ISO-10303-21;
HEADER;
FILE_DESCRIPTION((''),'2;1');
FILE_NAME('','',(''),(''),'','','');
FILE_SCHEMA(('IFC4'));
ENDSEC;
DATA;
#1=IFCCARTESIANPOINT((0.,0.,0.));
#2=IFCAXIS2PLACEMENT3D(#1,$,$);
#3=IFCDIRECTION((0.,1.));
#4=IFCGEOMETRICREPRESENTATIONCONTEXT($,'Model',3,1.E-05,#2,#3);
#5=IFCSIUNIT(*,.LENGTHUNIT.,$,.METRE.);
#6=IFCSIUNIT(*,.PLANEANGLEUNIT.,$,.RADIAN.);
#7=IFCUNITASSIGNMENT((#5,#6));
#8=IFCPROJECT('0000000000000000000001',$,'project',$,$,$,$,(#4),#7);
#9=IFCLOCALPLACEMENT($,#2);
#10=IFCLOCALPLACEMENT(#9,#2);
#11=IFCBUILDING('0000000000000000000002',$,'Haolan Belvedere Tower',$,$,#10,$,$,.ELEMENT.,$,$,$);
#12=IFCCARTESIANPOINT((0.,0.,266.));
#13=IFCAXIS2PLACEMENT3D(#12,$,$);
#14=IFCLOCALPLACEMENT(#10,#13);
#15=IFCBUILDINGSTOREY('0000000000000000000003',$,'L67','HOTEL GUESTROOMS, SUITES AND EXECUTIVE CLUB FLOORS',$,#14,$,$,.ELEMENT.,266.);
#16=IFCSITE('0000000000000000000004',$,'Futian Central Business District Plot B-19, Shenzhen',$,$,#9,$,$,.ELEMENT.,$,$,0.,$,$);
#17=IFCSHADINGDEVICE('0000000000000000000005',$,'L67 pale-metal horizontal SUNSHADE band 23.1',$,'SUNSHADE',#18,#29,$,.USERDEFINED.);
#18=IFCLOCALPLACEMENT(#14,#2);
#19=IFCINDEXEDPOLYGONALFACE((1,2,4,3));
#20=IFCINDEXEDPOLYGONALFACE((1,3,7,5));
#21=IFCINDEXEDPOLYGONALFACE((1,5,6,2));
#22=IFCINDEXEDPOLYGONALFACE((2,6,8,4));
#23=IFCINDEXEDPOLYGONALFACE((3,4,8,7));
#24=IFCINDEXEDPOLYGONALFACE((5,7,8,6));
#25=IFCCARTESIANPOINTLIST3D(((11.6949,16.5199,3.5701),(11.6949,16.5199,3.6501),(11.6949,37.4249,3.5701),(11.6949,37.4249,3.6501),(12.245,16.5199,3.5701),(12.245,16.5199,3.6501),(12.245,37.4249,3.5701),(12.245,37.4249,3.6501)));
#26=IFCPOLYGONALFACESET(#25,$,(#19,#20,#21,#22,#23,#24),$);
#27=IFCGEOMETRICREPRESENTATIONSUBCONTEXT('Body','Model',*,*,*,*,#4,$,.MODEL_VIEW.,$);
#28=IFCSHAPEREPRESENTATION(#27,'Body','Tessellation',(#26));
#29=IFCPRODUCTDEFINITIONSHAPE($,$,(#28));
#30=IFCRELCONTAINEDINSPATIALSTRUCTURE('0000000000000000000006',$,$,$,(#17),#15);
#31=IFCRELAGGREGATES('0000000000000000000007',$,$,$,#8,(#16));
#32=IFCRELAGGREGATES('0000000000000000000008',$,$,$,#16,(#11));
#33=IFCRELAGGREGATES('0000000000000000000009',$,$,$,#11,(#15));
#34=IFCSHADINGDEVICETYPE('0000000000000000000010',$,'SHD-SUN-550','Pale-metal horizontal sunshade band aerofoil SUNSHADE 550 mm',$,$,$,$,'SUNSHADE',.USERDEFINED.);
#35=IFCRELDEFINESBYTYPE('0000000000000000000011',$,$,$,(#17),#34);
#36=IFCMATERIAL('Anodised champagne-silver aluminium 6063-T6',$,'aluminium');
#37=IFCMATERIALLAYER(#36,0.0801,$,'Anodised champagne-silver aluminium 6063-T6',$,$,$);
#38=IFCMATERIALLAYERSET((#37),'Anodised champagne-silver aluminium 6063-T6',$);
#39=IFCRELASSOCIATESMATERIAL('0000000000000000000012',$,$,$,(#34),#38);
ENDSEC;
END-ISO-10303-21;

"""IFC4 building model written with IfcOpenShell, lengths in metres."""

from ifc_helpers import new_model, si_unit, direction, frame, origin, origin_2d, place, context, subcontext, project, spatial, rectangle, extrude, material, layer, layer_set, type_object, element, save


model = new_model("IFC4")

# Units and contexts
model_context = context("Model", 3, precision=1e-05, world=origin(), true_north=direction((0.0, 1.0)))
body_context = subcontext(model_context, "Body", "Model", "MODEL_VIEW")
ifc_project = project(units=[si_unit("LENGTHUNIT", "METRE"), si_unit("PLANEANGLEUNIT", "RADIAN")], contexts=[model_context])

# Site, building, storey
site_placement = place(None, origin())
site = spatial("IfcSite", under=ifc_project, at=site_placement, Name="Futian Central Business District Plot B-19, Shenzhen", CompositionType="ELEMENT", RefElevation=0.0)
building_placement = place(site_placement, origin())
building = spatial("IfcBuilding", under=site, at=building_placement, Name="Haolan Belvedere Tower", CompositionType="ELEMENT")
storey_placement = place(building_placement, frame((0.0, 0.0, 266.0)))
storey = spatial("IfcBuildingStorey", under=building, at=storey_placement, Name="L67", Description="HOTEL GUESTROOMS, SUITES AND EXECUTIVE CLUB FLOORS", CompositionType="ELEMENT", Elevation=266.0)

# Shading device
ifc_material_1 = material(Name="Anodised champagne-silver aluminium 6063-T6", Category="aluminium")
ifc_layer_1 = layer(ifc_material_1, 0.0801, Name="Anodised champagne-silver aluminium 6063-T6")
ifc_layer_set_1 = layer_set([ifc_layer_1], Name="Anodised champagne-silver aluminium 6063-T6")
shading_device_type = type_object("IfcShadingDeviceType", Name="SHD-SUN-550", Description="Pale-metal horizontal sunshade band aerofoil SUNSHADE 550 mm", ElementType="SUNSHADE", PredefinedType="USERDEFINED", material=ifc_layer_set_1)
shading_device_placement = place(storey_placement, frame((11.97, 26.9724, 3.5701), z_axis=(0.0, 0.0, 1.0), x_axis=(0.0, -1.0, 0.0)))
element("IfcShadingDevice", 1, at=shading_device_placement, inside=storey, type_object=shading_device_type, Name="L67 pale-metal horizontal SUNSHADE band 23.1", ObjectType="SUNSHADE", PredefinedType="USERDEFINED", context=body_context, shape_type="SweptSolid", body=[
    extrude(rectangle(XDim=20.905, YDim=0.55, at=origin_2d()), origin(), (0.0, 0.0, 1.0), 0.0801),
])

save(model, "model.ifc")
